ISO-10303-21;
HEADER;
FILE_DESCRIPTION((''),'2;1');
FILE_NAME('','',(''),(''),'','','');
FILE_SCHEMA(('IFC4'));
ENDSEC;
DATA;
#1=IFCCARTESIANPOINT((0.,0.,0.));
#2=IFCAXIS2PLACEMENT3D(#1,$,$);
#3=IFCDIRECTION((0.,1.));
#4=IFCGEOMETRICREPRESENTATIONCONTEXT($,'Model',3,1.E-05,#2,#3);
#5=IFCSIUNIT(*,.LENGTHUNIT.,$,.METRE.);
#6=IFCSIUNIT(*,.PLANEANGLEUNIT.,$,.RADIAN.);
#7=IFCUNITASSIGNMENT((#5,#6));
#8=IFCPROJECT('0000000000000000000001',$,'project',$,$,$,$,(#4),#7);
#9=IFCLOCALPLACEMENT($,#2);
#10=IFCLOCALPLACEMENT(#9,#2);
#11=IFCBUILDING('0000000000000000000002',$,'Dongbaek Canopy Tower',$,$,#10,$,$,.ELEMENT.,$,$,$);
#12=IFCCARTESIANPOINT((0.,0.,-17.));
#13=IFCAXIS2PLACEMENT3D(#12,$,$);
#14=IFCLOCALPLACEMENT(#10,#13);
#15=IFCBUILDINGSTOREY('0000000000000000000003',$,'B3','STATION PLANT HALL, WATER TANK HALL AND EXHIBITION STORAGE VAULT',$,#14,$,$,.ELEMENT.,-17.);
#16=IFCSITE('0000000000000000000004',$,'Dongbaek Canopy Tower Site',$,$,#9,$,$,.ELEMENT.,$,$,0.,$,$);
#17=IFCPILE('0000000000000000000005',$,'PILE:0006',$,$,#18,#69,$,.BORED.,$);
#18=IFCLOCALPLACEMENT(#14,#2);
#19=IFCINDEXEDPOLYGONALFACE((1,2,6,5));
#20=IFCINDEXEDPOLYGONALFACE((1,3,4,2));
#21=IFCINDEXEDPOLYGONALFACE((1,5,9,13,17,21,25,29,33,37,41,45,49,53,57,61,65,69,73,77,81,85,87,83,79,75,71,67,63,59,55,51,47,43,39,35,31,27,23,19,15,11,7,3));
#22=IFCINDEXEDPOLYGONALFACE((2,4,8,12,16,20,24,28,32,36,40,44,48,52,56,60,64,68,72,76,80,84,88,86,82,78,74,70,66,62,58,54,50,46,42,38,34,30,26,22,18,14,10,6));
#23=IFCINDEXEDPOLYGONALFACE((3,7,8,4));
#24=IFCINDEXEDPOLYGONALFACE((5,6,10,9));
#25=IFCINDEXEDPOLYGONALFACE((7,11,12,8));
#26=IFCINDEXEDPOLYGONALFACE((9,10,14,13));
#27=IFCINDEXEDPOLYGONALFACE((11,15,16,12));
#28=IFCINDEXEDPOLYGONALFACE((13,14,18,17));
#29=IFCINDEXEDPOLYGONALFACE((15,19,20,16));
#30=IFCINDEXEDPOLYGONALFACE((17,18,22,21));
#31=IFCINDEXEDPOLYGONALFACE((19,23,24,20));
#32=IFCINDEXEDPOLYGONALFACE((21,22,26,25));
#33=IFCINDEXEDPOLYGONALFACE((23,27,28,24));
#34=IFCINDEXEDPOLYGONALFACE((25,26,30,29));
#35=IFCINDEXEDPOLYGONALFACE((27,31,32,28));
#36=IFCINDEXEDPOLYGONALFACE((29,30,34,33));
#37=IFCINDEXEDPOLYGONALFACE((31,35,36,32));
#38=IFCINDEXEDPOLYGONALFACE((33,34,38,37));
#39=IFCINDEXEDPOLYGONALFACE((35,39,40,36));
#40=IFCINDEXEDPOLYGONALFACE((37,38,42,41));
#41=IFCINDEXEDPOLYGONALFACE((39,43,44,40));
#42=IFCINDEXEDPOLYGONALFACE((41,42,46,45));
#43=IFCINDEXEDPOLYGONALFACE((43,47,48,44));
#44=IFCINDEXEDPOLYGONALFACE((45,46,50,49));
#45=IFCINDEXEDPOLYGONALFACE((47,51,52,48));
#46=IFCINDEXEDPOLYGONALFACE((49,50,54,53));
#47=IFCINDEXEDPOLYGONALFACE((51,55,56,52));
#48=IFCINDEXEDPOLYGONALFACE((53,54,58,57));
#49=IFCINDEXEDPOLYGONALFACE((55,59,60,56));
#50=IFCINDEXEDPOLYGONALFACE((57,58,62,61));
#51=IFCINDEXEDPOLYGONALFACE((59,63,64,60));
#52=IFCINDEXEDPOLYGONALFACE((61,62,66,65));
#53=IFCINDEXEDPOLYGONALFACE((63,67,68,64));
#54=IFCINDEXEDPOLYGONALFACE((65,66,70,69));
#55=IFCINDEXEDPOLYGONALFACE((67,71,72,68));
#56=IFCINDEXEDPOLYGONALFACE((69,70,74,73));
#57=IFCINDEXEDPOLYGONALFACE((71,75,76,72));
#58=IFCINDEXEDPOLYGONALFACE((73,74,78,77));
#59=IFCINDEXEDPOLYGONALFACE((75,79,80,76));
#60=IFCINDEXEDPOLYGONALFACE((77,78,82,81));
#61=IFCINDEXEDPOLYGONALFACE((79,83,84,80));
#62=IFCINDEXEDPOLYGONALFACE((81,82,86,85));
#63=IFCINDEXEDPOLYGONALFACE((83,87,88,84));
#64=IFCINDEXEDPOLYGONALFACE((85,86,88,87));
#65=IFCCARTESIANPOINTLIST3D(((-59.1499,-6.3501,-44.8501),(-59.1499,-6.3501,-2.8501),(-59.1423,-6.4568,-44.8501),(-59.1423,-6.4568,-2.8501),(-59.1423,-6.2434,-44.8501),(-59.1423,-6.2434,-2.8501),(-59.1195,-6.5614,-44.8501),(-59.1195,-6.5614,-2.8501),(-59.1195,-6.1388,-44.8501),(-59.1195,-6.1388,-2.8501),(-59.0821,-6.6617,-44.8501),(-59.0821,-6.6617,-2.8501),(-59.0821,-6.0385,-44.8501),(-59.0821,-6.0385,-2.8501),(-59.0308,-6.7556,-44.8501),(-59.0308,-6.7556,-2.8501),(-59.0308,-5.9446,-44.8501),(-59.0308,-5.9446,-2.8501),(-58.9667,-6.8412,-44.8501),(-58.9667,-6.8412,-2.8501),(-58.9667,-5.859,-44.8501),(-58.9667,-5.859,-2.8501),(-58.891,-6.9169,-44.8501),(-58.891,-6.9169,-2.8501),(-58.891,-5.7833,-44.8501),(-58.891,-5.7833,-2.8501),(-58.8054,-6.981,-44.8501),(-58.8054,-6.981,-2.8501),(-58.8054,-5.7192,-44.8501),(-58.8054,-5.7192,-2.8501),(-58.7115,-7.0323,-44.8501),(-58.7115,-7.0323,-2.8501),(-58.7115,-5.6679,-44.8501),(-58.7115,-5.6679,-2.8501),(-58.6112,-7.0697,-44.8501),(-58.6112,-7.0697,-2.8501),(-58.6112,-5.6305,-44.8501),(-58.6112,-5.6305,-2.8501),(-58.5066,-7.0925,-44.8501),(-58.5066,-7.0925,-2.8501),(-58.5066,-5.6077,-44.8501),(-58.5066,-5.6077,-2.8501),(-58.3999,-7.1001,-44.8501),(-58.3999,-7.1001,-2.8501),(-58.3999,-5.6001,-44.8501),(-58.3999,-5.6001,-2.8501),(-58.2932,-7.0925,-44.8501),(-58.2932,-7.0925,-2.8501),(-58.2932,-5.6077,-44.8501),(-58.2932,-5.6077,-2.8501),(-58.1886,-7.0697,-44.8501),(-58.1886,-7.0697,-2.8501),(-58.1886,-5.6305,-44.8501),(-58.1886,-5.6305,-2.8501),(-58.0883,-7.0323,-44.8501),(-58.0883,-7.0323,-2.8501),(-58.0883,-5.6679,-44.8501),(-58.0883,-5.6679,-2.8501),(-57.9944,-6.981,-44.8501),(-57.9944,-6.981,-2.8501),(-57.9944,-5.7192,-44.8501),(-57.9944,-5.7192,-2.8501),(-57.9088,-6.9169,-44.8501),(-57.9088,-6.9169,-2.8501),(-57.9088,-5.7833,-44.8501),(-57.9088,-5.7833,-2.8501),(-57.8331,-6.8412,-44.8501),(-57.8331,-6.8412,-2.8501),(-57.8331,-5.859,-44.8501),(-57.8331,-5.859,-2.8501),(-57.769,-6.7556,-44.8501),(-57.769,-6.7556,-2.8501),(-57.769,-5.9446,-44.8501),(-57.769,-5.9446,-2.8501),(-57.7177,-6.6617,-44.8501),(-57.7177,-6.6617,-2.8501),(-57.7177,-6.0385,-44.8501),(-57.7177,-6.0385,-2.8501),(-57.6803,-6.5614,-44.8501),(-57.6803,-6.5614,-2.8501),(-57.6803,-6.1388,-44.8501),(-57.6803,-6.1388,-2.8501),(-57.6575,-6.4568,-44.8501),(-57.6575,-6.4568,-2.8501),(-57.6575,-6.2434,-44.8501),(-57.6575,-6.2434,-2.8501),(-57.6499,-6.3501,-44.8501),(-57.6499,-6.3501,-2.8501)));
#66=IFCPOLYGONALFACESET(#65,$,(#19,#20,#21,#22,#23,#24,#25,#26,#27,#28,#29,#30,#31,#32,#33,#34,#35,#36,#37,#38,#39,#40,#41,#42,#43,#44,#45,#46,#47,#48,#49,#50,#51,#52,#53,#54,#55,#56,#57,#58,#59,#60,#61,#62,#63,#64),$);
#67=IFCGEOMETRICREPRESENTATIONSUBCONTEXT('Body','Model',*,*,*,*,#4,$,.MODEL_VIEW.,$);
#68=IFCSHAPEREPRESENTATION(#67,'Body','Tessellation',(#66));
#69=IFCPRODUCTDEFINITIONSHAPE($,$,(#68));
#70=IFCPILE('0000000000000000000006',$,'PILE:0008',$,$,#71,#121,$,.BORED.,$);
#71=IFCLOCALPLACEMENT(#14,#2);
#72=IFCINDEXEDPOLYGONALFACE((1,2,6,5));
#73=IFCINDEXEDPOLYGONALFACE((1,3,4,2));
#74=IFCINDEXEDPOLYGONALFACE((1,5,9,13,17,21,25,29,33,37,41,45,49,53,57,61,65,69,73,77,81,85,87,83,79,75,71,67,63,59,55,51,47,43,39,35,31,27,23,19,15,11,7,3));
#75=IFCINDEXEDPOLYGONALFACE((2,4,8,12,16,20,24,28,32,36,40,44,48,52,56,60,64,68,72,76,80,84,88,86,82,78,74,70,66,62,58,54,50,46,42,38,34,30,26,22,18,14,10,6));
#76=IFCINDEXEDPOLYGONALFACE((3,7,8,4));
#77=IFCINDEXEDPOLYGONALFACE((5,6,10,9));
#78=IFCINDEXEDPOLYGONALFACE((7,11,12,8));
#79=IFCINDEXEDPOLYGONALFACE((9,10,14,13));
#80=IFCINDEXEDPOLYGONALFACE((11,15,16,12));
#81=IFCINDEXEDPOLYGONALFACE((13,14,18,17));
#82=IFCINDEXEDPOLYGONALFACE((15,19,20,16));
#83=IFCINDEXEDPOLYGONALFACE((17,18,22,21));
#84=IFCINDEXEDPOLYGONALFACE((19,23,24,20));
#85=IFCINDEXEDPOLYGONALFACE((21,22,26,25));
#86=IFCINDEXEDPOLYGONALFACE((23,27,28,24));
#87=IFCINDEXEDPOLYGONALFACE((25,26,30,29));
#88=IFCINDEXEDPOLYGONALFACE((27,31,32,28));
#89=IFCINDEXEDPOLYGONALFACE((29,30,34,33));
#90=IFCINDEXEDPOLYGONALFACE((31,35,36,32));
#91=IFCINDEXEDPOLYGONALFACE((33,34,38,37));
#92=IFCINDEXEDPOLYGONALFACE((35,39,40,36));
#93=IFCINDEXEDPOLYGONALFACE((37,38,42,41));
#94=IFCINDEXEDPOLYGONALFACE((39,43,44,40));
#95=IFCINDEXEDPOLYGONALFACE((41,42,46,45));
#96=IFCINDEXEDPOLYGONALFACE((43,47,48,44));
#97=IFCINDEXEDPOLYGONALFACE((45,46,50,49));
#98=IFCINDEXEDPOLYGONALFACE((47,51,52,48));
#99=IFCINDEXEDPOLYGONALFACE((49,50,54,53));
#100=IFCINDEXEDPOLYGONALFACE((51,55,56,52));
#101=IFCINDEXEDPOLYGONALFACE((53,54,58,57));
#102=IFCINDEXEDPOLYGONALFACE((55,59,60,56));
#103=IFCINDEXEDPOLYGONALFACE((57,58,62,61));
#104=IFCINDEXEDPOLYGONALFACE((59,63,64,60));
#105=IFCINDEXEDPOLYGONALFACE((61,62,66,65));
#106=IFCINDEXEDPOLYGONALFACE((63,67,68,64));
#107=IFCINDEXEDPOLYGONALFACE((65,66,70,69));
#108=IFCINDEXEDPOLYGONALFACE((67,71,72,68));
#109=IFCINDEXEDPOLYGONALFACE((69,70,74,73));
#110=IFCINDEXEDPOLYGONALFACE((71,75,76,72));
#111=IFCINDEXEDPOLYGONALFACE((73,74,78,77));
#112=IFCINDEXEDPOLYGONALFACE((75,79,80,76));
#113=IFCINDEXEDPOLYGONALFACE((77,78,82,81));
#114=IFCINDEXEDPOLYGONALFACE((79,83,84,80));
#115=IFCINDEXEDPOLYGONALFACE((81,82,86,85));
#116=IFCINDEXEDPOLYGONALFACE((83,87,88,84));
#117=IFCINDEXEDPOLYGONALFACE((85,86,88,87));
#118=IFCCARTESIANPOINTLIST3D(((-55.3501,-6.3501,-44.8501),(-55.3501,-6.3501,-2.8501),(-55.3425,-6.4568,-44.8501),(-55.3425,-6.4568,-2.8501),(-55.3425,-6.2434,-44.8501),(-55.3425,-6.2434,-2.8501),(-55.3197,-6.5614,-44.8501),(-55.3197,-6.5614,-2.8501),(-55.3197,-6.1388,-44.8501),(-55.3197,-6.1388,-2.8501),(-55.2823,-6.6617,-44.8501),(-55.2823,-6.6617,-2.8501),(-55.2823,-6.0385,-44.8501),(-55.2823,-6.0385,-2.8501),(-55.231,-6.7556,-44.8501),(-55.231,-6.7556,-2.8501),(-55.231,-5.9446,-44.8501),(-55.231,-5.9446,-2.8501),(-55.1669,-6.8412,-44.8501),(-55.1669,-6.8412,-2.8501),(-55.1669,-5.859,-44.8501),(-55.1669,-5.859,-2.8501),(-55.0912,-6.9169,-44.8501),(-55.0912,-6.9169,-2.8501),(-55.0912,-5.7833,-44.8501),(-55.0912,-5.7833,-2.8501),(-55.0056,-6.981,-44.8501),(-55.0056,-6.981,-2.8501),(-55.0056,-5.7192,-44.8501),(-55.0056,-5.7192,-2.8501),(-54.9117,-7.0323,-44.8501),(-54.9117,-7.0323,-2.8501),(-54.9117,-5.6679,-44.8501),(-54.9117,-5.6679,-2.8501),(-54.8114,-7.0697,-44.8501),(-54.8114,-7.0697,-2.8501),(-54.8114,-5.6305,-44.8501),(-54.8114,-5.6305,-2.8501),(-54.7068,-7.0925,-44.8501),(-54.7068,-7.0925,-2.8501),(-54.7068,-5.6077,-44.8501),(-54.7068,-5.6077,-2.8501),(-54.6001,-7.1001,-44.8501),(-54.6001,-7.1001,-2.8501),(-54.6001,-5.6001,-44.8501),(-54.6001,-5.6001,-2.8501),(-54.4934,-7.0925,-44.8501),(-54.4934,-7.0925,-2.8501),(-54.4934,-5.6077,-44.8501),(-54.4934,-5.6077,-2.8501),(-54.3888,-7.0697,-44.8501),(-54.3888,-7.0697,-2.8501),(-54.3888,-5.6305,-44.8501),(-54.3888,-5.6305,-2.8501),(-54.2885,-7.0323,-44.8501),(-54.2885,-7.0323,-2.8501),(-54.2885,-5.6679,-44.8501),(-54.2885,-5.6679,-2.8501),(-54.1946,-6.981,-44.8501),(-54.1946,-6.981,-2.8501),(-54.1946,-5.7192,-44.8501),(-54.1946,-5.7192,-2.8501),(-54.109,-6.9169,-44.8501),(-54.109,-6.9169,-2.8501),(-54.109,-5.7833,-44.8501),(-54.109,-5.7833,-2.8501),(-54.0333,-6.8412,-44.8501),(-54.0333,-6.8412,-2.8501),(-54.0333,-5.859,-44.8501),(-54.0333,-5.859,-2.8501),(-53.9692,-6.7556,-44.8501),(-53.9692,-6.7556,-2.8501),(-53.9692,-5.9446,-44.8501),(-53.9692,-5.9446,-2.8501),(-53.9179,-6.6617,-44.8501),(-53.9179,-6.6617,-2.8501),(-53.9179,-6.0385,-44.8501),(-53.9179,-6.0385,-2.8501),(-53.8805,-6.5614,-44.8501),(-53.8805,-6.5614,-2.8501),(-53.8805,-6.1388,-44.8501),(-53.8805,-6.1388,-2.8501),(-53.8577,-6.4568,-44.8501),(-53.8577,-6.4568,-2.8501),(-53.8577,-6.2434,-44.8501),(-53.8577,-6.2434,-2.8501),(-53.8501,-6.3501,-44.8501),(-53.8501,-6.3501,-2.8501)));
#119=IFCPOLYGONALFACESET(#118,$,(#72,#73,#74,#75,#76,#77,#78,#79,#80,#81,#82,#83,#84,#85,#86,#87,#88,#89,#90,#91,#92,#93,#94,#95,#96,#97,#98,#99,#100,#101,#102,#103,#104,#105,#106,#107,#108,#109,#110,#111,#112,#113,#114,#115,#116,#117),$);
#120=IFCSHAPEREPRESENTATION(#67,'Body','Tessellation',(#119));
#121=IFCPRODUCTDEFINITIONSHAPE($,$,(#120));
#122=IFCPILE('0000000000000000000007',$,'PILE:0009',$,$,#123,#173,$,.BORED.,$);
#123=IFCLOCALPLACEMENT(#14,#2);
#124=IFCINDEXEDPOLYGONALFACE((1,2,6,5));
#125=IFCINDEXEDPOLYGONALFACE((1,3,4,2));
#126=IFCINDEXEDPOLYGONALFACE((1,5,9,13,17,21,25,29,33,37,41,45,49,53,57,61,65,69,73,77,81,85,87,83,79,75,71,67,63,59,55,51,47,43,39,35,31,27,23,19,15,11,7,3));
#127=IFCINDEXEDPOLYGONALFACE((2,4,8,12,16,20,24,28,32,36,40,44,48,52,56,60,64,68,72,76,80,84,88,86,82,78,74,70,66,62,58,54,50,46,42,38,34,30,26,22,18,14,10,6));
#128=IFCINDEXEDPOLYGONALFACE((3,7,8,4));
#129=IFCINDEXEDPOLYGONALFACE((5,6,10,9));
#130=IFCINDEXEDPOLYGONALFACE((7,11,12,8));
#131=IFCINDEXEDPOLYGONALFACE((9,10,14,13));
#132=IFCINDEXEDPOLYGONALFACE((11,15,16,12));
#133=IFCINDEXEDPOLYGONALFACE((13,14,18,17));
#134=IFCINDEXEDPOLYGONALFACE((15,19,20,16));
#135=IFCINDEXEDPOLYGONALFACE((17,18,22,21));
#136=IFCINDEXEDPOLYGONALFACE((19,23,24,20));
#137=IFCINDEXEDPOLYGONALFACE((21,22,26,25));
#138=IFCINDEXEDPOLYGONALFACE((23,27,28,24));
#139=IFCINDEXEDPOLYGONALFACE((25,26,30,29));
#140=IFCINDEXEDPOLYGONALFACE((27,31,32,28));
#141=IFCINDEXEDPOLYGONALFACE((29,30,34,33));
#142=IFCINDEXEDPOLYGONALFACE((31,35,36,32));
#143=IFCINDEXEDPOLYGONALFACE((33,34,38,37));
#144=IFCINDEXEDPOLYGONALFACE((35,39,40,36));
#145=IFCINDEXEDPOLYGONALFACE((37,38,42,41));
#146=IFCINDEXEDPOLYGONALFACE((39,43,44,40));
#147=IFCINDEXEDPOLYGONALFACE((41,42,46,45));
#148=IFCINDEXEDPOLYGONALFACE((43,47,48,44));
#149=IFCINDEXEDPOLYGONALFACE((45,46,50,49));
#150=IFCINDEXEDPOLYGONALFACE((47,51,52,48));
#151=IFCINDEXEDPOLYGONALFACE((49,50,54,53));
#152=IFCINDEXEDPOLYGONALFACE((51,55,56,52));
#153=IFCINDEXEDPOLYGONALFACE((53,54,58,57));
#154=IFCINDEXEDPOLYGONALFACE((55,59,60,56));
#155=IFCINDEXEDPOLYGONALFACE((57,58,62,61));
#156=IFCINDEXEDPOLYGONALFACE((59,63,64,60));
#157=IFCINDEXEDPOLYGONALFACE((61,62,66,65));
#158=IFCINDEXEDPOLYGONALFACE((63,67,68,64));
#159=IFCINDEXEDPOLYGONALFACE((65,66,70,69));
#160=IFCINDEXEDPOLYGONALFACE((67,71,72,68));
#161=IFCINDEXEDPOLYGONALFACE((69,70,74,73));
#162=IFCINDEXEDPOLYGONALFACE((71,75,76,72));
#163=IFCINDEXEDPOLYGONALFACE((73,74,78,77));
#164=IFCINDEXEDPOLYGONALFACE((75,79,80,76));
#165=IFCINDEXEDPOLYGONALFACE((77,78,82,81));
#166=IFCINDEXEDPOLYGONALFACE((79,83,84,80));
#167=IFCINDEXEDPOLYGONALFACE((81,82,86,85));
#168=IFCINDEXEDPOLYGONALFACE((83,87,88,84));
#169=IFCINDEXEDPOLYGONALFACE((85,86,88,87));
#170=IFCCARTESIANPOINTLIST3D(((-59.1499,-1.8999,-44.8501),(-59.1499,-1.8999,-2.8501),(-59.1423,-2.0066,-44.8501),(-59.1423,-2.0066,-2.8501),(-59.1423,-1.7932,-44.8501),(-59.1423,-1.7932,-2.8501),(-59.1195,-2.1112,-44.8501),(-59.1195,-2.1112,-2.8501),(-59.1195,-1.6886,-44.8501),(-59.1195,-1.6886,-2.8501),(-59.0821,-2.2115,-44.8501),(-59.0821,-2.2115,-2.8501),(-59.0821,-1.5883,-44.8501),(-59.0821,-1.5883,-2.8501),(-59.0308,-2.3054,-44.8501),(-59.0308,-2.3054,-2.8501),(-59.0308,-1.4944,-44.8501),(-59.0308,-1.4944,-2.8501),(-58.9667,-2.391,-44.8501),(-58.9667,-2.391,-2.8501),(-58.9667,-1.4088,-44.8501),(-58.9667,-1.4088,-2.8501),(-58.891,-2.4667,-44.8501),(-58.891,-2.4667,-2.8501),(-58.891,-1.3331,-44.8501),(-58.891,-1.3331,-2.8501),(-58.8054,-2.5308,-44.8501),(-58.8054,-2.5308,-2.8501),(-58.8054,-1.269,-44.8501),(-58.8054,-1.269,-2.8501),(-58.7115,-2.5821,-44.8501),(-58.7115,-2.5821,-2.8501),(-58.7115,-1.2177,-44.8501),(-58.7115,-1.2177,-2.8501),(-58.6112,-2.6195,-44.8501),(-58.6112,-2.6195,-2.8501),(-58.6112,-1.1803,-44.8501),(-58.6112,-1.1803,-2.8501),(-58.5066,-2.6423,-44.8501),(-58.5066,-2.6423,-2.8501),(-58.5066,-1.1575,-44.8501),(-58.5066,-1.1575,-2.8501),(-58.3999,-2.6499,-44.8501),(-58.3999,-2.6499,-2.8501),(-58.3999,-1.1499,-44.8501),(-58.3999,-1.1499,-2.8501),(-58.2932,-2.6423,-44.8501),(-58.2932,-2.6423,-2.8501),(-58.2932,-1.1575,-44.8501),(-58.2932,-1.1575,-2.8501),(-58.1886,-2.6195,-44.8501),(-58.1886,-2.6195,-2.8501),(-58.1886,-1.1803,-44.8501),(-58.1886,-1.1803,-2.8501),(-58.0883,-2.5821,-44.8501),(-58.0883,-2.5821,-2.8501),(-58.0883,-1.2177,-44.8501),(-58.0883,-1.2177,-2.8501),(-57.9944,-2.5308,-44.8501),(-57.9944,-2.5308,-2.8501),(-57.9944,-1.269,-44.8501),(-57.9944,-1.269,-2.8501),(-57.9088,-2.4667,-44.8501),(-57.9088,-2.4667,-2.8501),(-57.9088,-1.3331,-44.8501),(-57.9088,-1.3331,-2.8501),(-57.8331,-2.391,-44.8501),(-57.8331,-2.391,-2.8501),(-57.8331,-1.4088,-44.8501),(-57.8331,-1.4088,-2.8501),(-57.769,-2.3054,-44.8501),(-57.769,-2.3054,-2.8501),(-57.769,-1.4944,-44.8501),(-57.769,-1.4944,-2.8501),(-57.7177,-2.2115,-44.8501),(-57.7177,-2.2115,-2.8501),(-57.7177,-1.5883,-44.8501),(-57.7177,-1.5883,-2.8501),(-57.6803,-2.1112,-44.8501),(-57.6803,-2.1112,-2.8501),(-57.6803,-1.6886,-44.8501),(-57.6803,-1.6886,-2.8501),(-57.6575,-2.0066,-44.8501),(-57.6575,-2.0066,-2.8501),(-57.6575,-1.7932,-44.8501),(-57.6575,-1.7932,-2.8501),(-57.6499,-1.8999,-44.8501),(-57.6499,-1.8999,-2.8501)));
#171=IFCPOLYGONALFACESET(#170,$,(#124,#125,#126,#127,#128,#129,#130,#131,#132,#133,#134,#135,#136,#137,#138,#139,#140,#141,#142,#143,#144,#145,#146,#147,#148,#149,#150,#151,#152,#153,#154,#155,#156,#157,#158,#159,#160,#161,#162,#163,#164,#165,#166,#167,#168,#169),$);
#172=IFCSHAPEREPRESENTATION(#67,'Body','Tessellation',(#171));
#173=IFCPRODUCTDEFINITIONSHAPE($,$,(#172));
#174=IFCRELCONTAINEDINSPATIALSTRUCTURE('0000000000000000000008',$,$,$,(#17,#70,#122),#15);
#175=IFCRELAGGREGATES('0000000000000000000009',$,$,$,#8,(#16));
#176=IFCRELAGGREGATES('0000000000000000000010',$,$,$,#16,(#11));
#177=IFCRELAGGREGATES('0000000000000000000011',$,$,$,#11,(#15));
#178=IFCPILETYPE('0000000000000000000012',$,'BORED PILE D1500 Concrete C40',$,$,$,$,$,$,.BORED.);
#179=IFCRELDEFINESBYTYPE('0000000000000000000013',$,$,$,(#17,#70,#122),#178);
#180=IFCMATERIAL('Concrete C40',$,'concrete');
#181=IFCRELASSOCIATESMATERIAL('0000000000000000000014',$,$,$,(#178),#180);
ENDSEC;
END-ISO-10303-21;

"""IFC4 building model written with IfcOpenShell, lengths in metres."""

from ifc_helpers import new_model, si_unit, direction, frame, origin, origin_2d, place, context, subcontext, project, spatial, circle, extrude, material, material_profile, profile_set, type_object, element, save


model = new_model("IFC4")

# Units and contexts
model_context = context("Model", 3, precision=1e-05, world=origin(), true_north=direction((0.0, 1.0)))
body_context = subcontext(model_context, "Body", "Model", "MODEL_VIEW")
ifc_project = project(units=[si_unit("LENGTHUNIT", "METRE"), si_unit("PLANEANGLEUNIT", "RADIAN")], contexts=[model_context])

# Site, building, storey
site_placement = place(None, origin())
site = spatial("IfcSite", under=ifc_project, at=site_placement, Name="Dongbaek Canopy Tower Site", CompositionType="ELEMENT", RefElevation=0.0)
building_placement = place(site_placement, origin())
building = spatial("IfcBuilding", under=site, at=building_placement, Name="Dongbaek Canopy Tower", CompositionType="ELEMENT")
storey_placement = place(building_placement, frame((0.0, 0.0, -17.0)))
storey = spatial("IfcBuildingStorey", under=building, at=storey_placement, Name="B3", Description="STATION PLANT HALL, WATER TANK HALL AND EXHIBITION STORAGE VAULT", CompositionType="ELEMENT", Elevation=-17.0)

# Piles
ifc_material_1 = material(Name="Concrete C40", Category="concrete")
ifc_material_profile_1 = material_profile(ifc_material_1, circle(Radius=0.75, at=origin_2d()), Name="BORED PILE D1500 Concrete C40")
ifc_profile_set_1 = profile_set([ifc_material_profile_1], Name="Concrete C40")
pile_type = type_object("IfcPileType", Name="BORED PILE D1500 Concrete C40", PredefinedType="BORED", material=ifc_profile_set_1)
for number, where, z_axis, x_axis, name in (
    (1, (-58.3999, -6.3501, -2.8501), (0.0, 0.0, -1.0), (1.0, 0.0, 0.0), "PILE:0006"),
    (2, (-54.6001, -6.3501, -2.8501), (0.0, 0.0, -1.0), (1.0, 0.0, 0.0), "PILE:0008"),
    (3, (-58.3999, -1.8999, -2.8501), (0.0, 0.0, -1.0), (1.0, 0.0, 0.0), "PILE:0009"),
):
    element("IfcPile", number, at=place(storey_placement, frame(where, z_axis=z_axis, x_axis=x_axis)), inside=storey, type_object=pile_type, Name=name, PredefinedType="BORED", context=body_context, shape_type="SweptSolid", body=[
        extrude(circle(Radius=0.75, at=origin_2d()), origin(), (0.0, 0.0, 1.0), 42.0),
    ])

save(model, "model.ifc")
